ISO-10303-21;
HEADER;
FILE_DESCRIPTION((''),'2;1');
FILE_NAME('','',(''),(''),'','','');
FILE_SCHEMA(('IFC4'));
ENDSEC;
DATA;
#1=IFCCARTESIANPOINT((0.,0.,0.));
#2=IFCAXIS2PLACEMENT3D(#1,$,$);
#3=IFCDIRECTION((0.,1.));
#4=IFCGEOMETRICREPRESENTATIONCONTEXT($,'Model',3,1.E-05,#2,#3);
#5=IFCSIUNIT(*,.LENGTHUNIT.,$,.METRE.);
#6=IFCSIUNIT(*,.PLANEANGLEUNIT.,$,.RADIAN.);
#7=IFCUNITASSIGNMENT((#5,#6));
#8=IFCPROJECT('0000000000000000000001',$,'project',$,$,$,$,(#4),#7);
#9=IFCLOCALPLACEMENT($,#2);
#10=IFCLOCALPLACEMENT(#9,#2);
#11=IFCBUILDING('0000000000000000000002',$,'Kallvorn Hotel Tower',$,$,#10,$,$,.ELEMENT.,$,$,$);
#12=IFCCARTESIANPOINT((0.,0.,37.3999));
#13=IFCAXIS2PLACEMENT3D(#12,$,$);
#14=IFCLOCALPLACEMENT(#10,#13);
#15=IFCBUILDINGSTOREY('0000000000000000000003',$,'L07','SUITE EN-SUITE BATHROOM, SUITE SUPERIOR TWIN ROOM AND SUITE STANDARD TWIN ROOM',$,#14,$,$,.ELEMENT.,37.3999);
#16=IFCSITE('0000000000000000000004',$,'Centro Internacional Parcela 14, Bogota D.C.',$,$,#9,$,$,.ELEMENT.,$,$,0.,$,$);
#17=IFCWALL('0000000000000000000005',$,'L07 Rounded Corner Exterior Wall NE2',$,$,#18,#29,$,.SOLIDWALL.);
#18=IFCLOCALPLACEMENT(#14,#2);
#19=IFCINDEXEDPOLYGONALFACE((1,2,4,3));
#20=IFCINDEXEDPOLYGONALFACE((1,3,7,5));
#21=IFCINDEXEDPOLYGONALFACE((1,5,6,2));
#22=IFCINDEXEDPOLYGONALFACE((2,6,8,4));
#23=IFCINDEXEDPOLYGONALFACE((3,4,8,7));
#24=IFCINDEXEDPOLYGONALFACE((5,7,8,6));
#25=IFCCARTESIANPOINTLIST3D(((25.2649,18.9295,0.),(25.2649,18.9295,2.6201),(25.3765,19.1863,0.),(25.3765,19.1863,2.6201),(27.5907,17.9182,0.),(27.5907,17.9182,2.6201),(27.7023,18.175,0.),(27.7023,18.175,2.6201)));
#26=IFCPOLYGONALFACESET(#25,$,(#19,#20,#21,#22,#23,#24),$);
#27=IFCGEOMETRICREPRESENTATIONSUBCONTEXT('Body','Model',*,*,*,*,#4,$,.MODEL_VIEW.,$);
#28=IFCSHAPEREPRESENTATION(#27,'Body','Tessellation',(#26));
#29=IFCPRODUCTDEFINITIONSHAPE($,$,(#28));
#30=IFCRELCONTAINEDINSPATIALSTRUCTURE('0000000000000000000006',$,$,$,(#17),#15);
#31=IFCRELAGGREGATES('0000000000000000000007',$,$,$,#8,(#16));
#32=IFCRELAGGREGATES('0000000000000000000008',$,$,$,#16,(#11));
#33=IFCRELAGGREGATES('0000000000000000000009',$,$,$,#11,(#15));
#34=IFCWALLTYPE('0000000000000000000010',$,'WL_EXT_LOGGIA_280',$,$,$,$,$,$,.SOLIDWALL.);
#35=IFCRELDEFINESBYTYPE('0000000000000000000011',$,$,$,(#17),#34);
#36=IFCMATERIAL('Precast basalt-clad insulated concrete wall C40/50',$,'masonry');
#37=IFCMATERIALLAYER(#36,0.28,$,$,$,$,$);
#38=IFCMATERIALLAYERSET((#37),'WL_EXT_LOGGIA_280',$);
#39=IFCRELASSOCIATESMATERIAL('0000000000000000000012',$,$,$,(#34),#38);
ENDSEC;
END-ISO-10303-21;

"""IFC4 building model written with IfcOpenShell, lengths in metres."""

from ifc_helpers import new_model, si_unit, direction, frame, frame_2d, origin, place, context, subcontext, project, spatial, rectangle, extrude, material, layer, layer_set, type_object, element, save


model = new_model("IFC4")

# Units and contexts
model_context = context("Model", 3, precision=1e-05, world=origin(), true_north=direction((0.0, 1.0)))
body_context = subcontext(model_context, "Body", "Model", "MODEL_VIEW")
ifc_project = project(units=[si_unit("LENGTHUNIT", "METRE"), si_unit("PLANEANGLEUNIT", "RADIAN")], contexts=[model_context])

# Site, building, storey
site_placement = place(None, origin())
site = spatial("IfcSite", under=ifc_project, at=site_placement, Name="Centro Internacional Parcela 14, Bogota D.C.", CompositionType="ELEMENT", RefElevation=0.0)
building_placement = place(site_placement, origin())
building = spatial("IfcBuilding", under=site, at=building_placement, Name="Kallvorn Hotel Tower", CompositionType="ELEMENT")
storey_placement = place(building_placement, frame((0.0, 0.0, 37.3999)))
storey = spatial("IfcBuildingStorey", under=building, at=storey_placement, Name="L07", Description="SUITE EN-SUITE BATHROOM, SUITE SUPERIOR TWIN ROOM AND SUITE STANDARD TWIN ROOM", CompositionType="ELEMENT", Elevation=37.3999)

# Wall
ifc_material_1 = material(Name="Precast basalt-clad insulated concrete wall C40/50", Category="masonry")
ifc_layer_1 = layer(ifc_material_1, 0.28)
ifc_layer_set_1 = layer_set([ifc_layer_1], Name="WL_EXT_LOGGIA_280")
wall_type_1 = type_object("IfcWallType", Name="WL_EXT_LOGGIA_280", PredefinedType="SOLIDWALL", material=ifc_layer_set_1)
wall_1_placement = place(storey_placement, frame((27.6465, 18.0466, 0.0), z_axis=(0.0, 0.0, 1.0), x_axis=(-0.917061, 0.398747, 0.0)))
element("IfcWall", 1, at=wall_1_placement, inside=storey, type_object=wall_type_1, Name="L07 Rounded Corner Exterior Wall NE2", PredefinedType="SOLIDWALL", context=body_context, shape_type="SweptSolid", body=[
    extrude(rectangle(XDim=2.5361, YDim=0.28, at=frame_2d((1.2681, 0.0))), origin(), (0.0, 0.0, 1.0), 2.6201),
])

save(model, "model.ifc")
